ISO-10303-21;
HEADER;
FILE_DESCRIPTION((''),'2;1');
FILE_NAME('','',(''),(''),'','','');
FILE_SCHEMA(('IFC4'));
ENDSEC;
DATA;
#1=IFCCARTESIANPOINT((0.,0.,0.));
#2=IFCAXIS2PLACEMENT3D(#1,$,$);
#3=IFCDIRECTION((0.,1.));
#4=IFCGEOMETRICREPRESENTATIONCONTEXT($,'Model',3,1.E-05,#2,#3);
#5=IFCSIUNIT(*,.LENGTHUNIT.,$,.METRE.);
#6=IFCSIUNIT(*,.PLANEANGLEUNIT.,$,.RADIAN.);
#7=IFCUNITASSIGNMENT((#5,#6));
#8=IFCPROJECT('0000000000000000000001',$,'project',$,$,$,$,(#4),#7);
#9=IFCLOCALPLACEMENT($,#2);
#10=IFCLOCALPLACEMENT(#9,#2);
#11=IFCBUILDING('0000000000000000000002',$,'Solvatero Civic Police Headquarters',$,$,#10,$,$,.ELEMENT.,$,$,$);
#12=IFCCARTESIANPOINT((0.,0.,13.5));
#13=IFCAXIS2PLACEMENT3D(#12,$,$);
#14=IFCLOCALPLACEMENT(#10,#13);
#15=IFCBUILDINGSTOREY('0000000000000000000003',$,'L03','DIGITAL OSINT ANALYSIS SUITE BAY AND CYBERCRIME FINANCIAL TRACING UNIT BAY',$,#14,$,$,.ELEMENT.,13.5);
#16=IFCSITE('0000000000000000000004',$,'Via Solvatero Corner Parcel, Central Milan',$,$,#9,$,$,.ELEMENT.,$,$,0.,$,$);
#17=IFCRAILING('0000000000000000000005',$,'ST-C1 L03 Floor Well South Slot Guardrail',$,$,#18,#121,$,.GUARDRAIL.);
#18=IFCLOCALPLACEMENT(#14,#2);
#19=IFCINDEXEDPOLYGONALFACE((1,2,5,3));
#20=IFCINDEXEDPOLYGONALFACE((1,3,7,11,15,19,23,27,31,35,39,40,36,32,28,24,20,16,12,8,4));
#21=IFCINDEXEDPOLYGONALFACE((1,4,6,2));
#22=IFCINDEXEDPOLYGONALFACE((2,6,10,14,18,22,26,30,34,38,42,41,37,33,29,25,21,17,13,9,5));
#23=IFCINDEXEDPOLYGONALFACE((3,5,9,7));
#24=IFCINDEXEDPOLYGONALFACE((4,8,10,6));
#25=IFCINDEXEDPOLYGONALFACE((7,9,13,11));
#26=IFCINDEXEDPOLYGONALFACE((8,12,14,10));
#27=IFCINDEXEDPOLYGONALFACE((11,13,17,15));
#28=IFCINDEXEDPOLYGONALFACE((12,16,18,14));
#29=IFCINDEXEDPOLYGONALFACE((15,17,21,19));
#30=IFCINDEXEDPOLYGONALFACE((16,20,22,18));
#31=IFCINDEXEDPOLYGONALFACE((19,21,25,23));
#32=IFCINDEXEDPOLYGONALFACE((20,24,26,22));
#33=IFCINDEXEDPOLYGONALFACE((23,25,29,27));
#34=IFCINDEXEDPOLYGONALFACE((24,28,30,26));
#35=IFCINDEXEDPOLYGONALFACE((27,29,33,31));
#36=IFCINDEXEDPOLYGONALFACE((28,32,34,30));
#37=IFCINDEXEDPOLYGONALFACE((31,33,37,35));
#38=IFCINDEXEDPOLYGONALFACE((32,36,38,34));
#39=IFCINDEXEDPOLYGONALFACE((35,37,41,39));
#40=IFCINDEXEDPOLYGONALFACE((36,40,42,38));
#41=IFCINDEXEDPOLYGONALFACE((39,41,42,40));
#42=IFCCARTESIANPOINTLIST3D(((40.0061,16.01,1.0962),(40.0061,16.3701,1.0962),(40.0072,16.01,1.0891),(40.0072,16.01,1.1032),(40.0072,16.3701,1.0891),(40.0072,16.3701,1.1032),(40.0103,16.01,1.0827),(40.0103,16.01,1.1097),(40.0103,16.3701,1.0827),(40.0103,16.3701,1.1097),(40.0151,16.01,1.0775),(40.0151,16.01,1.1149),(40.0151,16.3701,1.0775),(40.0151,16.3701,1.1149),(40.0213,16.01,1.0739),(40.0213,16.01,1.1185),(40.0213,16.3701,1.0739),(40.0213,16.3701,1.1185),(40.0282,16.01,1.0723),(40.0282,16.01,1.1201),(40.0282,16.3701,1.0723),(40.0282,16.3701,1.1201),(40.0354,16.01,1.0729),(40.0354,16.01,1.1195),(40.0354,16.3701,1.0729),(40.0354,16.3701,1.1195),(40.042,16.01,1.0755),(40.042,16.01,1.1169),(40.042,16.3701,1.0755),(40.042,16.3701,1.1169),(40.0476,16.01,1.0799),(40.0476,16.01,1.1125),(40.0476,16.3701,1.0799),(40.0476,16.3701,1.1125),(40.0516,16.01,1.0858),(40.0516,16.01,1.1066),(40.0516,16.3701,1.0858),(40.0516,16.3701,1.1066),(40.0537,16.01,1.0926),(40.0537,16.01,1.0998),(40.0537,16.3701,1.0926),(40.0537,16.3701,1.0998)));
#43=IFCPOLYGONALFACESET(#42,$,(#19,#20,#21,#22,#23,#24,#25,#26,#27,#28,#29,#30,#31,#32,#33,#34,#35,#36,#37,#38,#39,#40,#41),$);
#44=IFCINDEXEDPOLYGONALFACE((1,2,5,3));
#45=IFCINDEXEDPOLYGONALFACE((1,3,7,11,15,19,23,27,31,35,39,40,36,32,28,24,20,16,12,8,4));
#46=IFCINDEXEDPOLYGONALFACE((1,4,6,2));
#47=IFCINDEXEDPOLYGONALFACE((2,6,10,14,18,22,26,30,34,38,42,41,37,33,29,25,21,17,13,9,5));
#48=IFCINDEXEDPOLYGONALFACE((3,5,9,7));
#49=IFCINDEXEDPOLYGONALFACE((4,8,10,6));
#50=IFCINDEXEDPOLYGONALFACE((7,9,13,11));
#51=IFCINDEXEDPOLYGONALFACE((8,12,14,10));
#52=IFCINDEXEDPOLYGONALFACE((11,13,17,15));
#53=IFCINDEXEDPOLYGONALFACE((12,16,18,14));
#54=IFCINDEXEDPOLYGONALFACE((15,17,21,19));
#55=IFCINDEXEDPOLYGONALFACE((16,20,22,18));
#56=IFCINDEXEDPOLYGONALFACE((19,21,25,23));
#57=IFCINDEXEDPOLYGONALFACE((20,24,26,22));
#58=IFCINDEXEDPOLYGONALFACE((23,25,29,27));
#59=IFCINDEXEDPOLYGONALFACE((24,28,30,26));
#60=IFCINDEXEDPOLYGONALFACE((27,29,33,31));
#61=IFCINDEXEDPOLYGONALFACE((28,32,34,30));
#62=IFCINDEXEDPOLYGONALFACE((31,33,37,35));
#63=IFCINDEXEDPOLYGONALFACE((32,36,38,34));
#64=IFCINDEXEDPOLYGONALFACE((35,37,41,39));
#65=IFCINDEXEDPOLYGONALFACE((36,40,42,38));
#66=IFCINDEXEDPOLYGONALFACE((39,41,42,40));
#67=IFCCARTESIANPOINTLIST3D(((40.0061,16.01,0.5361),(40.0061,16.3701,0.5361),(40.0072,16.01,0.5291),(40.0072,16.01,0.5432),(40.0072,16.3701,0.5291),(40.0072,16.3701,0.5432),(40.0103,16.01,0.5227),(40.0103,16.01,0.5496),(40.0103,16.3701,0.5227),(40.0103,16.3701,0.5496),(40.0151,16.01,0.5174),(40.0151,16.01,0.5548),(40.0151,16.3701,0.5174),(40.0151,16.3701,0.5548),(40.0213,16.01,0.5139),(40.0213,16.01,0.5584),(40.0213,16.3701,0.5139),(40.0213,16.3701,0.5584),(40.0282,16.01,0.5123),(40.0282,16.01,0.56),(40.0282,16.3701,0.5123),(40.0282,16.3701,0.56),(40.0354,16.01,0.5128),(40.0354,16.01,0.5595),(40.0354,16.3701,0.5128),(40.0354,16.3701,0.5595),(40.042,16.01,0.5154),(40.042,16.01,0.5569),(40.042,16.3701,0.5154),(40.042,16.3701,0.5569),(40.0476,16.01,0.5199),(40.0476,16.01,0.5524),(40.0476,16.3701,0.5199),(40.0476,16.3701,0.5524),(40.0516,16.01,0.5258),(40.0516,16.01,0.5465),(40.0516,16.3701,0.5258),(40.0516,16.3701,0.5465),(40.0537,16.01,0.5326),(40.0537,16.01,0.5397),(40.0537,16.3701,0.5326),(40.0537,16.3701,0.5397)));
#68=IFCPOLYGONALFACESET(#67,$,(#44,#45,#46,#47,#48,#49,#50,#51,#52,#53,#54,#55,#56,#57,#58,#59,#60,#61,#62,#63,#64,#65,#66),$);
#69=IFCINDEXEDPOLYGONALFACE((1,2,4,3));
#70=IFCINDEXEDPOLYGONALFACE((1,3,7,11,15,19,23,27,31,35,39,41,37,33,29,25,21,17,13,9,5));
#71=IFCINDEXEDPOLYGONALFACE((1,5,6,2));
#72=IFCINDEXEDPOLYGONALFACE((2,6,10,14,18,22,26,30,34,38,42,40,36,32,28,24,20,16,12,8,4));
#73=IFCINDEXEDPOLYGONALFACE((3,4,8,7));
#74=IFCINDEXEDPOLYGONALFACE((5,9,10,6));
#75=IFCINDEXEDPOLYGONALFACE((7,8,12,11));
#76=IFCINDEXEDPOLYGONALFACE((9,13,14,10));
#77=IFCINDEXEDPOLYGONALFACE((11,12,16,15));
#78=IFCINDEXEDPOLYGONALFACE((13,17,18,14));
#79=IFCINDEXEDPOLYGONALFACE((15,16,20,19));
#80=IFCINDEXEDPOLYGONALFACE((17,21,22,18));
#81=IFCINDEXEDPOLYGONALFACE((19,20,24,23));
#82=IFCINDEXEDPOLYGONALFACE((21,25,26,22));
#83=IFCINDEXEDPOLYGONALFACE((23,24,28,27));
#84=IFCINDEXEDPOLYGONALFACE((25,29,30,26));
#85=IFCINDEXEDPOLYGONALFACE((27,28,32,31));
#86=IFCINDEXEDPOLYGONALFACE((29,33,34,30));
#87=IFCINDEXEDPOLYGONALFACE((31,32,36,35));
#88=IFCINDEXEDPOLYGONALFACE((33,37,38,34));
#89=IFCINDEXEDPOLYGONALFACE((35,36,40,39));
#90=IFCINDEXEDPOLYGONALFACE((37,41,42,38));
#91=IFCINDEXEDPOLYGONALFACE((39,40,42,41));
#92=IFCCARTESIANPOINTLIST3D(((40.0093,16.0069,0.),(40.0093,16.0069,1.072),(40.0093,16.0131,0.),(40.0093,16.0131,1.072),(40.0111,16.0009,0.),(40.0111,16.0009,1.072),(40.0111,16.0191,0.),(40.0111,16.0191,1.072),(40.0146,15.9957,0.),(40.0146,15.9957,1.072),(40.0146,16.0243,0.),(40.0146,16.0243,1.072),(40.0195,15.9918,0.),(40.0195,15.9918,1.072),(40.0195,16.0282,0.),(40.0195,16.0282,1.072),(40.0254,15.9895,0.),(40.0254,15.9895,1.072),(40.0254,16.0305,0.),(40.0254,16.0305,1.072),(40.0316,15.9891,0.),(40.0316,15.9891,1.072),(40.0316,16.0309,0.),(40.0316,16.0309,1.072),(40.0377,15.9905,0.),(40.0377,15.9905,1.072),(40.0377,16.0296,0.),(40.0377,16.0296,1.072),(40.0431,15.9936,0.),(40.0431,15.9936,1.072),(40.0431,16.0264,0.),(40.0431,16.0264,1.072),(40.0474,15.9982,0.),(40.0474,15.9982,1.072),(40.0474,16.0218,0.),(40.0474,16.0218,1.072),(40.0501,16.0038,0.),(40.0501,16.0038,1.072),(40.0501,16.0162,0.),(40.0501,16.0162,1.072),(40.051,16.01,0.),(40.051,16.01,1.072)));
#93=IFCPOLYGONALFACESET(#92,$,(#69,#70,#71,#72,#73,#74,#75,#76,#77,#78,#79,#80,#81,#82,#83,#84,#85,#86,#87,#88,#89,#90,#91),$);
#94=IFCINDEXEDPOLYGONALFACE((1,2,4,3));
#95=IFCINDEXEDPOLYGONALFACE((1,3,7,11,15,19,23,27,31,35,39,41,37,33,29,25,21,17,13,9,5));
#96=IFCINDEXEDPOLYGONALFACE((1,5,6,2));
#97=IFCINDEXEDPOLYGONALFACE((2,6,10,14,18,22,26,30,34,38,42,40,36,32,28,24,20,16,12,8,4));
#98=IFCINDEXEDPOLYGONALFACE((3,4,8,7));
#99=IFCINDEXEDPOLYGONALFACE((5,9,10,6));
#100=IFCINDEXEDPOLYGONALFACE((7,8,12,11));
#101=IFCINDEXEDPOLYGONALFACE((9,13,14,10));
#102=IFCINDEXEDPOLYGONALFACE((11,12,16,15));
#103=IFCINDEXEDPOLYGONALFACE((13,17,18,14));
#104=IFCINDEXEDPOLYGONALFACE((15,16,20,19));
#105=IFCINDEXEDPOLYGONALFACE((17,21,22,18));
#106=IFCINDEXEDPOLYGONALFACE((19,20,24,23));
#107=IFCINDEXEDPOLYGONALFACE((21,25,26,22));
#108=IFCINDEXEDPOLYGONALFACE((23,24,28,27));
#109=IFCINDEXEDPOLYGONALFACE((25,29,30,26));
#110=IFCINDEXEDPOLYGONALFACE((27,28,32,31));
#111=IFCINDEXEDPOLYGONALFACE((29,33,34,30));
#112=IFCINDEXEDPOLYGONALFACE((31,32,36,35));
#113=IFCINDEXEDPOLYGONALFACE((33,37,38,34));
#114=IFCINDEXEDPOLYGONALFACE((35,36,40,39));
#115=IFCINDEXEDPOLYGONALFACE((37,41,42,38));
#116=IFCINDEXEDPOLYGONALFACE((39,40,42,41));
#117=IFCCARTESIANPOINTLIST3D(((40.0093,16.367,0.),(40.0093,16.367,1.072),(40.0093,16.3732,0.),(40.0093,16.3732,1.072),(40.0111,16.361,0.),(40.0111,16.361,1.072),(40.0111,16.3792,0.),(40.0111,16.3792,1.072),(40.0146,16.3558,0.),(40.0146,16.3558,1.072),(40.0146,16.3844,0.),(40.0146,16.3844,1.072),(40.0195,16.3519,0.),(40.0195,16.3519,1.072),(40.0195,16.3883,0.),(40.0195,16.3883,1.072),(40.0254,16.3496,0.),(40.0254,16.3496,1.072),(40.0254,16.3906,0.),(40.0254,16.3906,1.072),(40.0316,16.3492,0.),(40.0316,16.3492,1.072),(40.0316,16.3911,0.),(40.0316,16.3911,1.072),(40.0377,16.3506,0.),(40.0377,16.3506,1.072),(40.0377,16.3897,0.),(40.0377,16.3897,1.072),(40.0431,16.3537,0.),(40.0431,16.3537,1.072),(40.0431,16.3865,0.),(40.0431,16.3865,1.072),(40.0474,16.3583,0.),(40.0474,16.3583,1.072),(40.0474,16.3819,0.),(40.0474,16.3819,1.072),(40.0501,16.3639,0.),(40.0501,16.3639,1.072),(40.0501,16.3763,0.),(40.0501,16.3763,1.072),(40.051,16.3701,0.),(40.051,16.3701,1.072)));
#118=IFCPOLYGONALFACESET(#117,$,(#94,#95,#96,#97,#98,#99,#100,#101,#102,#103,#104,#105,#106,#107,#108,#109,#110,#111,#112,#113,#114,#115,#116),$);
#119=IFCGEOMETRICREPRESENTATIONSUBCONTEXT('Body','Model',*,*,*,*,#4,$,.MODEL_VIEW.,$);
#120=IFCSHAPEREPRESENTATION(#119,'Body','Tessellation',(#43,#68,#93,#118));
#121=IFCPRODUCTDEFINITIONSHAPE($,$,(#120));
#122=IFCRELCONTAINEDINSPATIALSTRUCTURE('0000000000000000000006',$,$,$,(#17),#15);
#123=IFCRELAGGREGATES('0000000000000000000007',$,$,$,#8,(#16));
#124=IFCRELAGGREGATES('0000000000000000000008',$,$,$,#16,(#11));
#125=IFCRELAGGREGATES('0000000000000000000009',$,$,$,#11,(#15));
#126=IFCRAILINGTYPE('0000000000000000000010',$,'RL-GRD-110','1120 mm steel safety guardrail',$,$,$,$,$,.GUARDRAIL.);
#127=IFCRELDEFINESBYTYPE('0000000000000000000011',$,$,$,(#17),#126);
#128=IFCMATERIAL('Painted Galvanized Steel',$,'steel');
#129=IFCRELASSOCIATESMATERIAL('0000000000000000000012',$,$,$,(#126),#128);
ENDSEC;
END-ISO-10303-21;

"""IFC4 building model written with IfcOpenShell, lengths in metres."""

from ifc_helpers import new_model, si_unit, direction, frame, origin, origin_2d, place, context, subcontext, project, spatial, circle, extrude, material, type_object, element, save


model = new_model("IFC4")

# Units and contexts
model_context = context("Model", 3, precision=1e-05, world=origin(), true_north=direction((0.0, 1.0)))
body_context = subcontext(model_context, "Body", "Model", "MODEL_VIEW")
ifc_project = project(units=[si_unit("LENGTHUNIT", "METRE"), si_unit("PLANEANGLEUNIT", "RADIAN")], contexts=[model_context])

# Site, building, storey
site_placement = place(None, origin())
site = spatial("IfcSite", under=ifc_project, at=site_placement, Name="Via Solvatero Corner Parcel, Central Milan", CompositionType="ELEMENT", RefElevation=0.0)
building_placement = place(site_placement, origin())
building = spatial("IfcBuilding", under=site, at=building_placement, Name="Solvatero Civic Police Headquarters", CompositionType="ELEMENT")
storey_placement = place(building_placement, frame((0.0, 0.0, 13.5)))
storey = spatial("IfcBuildingStorey", under=building, at=storey_placement, Name="L03", Description="DIGITAL OSINT ANALYSIS SUITE BAY AND CYBERCRIME FINANCIAL TRACING UNIT BAY", CompositionType="ELEMENT", Elevation=13.5)

# Railing
ifc_material_1 = material(Name="Painted Galvanized Steel", Category="steel")
railing_type_1 = type_object("IfcRailingType", Name="RL-GRD-110", Description="1120 mm steel safety guardrail", PredefinedType="GUARDRAIL", material=ifc_material_1)
railing_1_placement = place(storey_placement, frame((40.03, 16.01, 0.0)))
element("IfcRailing", 1, at=railing_1_placement, inside=storey, type_object=railing_type_1, Name="ST-C1 L03 Floor Well South Slot Guardrail", PredefinedType="GUARDRAIL", context=body_context, shape_type="SweptSolid", body=[
    extrude(circle(Radius=0.0239, at=origin_2d()), frame((0.0, 0.0, 1.0962), z_axis=(0.0, 1.0, 0.0), x_axis=(-1.0, 0.0, 0.0)), (0.0, 0.0, 1.0), 0.3601),
    extrude(circle(Radius=0.0239, at=origin_2d()), frame((0.0, 0.0, 0.5361), z_axis=(0.0, 1.0, 0.0), x_axis=(-1.0, 0.0, 0.0)), (0.0, 0.0, 1.0), 0.3601),
    extrude(circle(Radius=0.021, at=origin_2d()), origin(), (0.0, 0.0, 1.0), 1.072),
    extrude(circle(Radius=0.021, at=origin_2d()), frame((0.0, 0.3601, 0.0)), (0.0, 0.0, 1.0), 1.072),
])

save(model, "model.ifc")
